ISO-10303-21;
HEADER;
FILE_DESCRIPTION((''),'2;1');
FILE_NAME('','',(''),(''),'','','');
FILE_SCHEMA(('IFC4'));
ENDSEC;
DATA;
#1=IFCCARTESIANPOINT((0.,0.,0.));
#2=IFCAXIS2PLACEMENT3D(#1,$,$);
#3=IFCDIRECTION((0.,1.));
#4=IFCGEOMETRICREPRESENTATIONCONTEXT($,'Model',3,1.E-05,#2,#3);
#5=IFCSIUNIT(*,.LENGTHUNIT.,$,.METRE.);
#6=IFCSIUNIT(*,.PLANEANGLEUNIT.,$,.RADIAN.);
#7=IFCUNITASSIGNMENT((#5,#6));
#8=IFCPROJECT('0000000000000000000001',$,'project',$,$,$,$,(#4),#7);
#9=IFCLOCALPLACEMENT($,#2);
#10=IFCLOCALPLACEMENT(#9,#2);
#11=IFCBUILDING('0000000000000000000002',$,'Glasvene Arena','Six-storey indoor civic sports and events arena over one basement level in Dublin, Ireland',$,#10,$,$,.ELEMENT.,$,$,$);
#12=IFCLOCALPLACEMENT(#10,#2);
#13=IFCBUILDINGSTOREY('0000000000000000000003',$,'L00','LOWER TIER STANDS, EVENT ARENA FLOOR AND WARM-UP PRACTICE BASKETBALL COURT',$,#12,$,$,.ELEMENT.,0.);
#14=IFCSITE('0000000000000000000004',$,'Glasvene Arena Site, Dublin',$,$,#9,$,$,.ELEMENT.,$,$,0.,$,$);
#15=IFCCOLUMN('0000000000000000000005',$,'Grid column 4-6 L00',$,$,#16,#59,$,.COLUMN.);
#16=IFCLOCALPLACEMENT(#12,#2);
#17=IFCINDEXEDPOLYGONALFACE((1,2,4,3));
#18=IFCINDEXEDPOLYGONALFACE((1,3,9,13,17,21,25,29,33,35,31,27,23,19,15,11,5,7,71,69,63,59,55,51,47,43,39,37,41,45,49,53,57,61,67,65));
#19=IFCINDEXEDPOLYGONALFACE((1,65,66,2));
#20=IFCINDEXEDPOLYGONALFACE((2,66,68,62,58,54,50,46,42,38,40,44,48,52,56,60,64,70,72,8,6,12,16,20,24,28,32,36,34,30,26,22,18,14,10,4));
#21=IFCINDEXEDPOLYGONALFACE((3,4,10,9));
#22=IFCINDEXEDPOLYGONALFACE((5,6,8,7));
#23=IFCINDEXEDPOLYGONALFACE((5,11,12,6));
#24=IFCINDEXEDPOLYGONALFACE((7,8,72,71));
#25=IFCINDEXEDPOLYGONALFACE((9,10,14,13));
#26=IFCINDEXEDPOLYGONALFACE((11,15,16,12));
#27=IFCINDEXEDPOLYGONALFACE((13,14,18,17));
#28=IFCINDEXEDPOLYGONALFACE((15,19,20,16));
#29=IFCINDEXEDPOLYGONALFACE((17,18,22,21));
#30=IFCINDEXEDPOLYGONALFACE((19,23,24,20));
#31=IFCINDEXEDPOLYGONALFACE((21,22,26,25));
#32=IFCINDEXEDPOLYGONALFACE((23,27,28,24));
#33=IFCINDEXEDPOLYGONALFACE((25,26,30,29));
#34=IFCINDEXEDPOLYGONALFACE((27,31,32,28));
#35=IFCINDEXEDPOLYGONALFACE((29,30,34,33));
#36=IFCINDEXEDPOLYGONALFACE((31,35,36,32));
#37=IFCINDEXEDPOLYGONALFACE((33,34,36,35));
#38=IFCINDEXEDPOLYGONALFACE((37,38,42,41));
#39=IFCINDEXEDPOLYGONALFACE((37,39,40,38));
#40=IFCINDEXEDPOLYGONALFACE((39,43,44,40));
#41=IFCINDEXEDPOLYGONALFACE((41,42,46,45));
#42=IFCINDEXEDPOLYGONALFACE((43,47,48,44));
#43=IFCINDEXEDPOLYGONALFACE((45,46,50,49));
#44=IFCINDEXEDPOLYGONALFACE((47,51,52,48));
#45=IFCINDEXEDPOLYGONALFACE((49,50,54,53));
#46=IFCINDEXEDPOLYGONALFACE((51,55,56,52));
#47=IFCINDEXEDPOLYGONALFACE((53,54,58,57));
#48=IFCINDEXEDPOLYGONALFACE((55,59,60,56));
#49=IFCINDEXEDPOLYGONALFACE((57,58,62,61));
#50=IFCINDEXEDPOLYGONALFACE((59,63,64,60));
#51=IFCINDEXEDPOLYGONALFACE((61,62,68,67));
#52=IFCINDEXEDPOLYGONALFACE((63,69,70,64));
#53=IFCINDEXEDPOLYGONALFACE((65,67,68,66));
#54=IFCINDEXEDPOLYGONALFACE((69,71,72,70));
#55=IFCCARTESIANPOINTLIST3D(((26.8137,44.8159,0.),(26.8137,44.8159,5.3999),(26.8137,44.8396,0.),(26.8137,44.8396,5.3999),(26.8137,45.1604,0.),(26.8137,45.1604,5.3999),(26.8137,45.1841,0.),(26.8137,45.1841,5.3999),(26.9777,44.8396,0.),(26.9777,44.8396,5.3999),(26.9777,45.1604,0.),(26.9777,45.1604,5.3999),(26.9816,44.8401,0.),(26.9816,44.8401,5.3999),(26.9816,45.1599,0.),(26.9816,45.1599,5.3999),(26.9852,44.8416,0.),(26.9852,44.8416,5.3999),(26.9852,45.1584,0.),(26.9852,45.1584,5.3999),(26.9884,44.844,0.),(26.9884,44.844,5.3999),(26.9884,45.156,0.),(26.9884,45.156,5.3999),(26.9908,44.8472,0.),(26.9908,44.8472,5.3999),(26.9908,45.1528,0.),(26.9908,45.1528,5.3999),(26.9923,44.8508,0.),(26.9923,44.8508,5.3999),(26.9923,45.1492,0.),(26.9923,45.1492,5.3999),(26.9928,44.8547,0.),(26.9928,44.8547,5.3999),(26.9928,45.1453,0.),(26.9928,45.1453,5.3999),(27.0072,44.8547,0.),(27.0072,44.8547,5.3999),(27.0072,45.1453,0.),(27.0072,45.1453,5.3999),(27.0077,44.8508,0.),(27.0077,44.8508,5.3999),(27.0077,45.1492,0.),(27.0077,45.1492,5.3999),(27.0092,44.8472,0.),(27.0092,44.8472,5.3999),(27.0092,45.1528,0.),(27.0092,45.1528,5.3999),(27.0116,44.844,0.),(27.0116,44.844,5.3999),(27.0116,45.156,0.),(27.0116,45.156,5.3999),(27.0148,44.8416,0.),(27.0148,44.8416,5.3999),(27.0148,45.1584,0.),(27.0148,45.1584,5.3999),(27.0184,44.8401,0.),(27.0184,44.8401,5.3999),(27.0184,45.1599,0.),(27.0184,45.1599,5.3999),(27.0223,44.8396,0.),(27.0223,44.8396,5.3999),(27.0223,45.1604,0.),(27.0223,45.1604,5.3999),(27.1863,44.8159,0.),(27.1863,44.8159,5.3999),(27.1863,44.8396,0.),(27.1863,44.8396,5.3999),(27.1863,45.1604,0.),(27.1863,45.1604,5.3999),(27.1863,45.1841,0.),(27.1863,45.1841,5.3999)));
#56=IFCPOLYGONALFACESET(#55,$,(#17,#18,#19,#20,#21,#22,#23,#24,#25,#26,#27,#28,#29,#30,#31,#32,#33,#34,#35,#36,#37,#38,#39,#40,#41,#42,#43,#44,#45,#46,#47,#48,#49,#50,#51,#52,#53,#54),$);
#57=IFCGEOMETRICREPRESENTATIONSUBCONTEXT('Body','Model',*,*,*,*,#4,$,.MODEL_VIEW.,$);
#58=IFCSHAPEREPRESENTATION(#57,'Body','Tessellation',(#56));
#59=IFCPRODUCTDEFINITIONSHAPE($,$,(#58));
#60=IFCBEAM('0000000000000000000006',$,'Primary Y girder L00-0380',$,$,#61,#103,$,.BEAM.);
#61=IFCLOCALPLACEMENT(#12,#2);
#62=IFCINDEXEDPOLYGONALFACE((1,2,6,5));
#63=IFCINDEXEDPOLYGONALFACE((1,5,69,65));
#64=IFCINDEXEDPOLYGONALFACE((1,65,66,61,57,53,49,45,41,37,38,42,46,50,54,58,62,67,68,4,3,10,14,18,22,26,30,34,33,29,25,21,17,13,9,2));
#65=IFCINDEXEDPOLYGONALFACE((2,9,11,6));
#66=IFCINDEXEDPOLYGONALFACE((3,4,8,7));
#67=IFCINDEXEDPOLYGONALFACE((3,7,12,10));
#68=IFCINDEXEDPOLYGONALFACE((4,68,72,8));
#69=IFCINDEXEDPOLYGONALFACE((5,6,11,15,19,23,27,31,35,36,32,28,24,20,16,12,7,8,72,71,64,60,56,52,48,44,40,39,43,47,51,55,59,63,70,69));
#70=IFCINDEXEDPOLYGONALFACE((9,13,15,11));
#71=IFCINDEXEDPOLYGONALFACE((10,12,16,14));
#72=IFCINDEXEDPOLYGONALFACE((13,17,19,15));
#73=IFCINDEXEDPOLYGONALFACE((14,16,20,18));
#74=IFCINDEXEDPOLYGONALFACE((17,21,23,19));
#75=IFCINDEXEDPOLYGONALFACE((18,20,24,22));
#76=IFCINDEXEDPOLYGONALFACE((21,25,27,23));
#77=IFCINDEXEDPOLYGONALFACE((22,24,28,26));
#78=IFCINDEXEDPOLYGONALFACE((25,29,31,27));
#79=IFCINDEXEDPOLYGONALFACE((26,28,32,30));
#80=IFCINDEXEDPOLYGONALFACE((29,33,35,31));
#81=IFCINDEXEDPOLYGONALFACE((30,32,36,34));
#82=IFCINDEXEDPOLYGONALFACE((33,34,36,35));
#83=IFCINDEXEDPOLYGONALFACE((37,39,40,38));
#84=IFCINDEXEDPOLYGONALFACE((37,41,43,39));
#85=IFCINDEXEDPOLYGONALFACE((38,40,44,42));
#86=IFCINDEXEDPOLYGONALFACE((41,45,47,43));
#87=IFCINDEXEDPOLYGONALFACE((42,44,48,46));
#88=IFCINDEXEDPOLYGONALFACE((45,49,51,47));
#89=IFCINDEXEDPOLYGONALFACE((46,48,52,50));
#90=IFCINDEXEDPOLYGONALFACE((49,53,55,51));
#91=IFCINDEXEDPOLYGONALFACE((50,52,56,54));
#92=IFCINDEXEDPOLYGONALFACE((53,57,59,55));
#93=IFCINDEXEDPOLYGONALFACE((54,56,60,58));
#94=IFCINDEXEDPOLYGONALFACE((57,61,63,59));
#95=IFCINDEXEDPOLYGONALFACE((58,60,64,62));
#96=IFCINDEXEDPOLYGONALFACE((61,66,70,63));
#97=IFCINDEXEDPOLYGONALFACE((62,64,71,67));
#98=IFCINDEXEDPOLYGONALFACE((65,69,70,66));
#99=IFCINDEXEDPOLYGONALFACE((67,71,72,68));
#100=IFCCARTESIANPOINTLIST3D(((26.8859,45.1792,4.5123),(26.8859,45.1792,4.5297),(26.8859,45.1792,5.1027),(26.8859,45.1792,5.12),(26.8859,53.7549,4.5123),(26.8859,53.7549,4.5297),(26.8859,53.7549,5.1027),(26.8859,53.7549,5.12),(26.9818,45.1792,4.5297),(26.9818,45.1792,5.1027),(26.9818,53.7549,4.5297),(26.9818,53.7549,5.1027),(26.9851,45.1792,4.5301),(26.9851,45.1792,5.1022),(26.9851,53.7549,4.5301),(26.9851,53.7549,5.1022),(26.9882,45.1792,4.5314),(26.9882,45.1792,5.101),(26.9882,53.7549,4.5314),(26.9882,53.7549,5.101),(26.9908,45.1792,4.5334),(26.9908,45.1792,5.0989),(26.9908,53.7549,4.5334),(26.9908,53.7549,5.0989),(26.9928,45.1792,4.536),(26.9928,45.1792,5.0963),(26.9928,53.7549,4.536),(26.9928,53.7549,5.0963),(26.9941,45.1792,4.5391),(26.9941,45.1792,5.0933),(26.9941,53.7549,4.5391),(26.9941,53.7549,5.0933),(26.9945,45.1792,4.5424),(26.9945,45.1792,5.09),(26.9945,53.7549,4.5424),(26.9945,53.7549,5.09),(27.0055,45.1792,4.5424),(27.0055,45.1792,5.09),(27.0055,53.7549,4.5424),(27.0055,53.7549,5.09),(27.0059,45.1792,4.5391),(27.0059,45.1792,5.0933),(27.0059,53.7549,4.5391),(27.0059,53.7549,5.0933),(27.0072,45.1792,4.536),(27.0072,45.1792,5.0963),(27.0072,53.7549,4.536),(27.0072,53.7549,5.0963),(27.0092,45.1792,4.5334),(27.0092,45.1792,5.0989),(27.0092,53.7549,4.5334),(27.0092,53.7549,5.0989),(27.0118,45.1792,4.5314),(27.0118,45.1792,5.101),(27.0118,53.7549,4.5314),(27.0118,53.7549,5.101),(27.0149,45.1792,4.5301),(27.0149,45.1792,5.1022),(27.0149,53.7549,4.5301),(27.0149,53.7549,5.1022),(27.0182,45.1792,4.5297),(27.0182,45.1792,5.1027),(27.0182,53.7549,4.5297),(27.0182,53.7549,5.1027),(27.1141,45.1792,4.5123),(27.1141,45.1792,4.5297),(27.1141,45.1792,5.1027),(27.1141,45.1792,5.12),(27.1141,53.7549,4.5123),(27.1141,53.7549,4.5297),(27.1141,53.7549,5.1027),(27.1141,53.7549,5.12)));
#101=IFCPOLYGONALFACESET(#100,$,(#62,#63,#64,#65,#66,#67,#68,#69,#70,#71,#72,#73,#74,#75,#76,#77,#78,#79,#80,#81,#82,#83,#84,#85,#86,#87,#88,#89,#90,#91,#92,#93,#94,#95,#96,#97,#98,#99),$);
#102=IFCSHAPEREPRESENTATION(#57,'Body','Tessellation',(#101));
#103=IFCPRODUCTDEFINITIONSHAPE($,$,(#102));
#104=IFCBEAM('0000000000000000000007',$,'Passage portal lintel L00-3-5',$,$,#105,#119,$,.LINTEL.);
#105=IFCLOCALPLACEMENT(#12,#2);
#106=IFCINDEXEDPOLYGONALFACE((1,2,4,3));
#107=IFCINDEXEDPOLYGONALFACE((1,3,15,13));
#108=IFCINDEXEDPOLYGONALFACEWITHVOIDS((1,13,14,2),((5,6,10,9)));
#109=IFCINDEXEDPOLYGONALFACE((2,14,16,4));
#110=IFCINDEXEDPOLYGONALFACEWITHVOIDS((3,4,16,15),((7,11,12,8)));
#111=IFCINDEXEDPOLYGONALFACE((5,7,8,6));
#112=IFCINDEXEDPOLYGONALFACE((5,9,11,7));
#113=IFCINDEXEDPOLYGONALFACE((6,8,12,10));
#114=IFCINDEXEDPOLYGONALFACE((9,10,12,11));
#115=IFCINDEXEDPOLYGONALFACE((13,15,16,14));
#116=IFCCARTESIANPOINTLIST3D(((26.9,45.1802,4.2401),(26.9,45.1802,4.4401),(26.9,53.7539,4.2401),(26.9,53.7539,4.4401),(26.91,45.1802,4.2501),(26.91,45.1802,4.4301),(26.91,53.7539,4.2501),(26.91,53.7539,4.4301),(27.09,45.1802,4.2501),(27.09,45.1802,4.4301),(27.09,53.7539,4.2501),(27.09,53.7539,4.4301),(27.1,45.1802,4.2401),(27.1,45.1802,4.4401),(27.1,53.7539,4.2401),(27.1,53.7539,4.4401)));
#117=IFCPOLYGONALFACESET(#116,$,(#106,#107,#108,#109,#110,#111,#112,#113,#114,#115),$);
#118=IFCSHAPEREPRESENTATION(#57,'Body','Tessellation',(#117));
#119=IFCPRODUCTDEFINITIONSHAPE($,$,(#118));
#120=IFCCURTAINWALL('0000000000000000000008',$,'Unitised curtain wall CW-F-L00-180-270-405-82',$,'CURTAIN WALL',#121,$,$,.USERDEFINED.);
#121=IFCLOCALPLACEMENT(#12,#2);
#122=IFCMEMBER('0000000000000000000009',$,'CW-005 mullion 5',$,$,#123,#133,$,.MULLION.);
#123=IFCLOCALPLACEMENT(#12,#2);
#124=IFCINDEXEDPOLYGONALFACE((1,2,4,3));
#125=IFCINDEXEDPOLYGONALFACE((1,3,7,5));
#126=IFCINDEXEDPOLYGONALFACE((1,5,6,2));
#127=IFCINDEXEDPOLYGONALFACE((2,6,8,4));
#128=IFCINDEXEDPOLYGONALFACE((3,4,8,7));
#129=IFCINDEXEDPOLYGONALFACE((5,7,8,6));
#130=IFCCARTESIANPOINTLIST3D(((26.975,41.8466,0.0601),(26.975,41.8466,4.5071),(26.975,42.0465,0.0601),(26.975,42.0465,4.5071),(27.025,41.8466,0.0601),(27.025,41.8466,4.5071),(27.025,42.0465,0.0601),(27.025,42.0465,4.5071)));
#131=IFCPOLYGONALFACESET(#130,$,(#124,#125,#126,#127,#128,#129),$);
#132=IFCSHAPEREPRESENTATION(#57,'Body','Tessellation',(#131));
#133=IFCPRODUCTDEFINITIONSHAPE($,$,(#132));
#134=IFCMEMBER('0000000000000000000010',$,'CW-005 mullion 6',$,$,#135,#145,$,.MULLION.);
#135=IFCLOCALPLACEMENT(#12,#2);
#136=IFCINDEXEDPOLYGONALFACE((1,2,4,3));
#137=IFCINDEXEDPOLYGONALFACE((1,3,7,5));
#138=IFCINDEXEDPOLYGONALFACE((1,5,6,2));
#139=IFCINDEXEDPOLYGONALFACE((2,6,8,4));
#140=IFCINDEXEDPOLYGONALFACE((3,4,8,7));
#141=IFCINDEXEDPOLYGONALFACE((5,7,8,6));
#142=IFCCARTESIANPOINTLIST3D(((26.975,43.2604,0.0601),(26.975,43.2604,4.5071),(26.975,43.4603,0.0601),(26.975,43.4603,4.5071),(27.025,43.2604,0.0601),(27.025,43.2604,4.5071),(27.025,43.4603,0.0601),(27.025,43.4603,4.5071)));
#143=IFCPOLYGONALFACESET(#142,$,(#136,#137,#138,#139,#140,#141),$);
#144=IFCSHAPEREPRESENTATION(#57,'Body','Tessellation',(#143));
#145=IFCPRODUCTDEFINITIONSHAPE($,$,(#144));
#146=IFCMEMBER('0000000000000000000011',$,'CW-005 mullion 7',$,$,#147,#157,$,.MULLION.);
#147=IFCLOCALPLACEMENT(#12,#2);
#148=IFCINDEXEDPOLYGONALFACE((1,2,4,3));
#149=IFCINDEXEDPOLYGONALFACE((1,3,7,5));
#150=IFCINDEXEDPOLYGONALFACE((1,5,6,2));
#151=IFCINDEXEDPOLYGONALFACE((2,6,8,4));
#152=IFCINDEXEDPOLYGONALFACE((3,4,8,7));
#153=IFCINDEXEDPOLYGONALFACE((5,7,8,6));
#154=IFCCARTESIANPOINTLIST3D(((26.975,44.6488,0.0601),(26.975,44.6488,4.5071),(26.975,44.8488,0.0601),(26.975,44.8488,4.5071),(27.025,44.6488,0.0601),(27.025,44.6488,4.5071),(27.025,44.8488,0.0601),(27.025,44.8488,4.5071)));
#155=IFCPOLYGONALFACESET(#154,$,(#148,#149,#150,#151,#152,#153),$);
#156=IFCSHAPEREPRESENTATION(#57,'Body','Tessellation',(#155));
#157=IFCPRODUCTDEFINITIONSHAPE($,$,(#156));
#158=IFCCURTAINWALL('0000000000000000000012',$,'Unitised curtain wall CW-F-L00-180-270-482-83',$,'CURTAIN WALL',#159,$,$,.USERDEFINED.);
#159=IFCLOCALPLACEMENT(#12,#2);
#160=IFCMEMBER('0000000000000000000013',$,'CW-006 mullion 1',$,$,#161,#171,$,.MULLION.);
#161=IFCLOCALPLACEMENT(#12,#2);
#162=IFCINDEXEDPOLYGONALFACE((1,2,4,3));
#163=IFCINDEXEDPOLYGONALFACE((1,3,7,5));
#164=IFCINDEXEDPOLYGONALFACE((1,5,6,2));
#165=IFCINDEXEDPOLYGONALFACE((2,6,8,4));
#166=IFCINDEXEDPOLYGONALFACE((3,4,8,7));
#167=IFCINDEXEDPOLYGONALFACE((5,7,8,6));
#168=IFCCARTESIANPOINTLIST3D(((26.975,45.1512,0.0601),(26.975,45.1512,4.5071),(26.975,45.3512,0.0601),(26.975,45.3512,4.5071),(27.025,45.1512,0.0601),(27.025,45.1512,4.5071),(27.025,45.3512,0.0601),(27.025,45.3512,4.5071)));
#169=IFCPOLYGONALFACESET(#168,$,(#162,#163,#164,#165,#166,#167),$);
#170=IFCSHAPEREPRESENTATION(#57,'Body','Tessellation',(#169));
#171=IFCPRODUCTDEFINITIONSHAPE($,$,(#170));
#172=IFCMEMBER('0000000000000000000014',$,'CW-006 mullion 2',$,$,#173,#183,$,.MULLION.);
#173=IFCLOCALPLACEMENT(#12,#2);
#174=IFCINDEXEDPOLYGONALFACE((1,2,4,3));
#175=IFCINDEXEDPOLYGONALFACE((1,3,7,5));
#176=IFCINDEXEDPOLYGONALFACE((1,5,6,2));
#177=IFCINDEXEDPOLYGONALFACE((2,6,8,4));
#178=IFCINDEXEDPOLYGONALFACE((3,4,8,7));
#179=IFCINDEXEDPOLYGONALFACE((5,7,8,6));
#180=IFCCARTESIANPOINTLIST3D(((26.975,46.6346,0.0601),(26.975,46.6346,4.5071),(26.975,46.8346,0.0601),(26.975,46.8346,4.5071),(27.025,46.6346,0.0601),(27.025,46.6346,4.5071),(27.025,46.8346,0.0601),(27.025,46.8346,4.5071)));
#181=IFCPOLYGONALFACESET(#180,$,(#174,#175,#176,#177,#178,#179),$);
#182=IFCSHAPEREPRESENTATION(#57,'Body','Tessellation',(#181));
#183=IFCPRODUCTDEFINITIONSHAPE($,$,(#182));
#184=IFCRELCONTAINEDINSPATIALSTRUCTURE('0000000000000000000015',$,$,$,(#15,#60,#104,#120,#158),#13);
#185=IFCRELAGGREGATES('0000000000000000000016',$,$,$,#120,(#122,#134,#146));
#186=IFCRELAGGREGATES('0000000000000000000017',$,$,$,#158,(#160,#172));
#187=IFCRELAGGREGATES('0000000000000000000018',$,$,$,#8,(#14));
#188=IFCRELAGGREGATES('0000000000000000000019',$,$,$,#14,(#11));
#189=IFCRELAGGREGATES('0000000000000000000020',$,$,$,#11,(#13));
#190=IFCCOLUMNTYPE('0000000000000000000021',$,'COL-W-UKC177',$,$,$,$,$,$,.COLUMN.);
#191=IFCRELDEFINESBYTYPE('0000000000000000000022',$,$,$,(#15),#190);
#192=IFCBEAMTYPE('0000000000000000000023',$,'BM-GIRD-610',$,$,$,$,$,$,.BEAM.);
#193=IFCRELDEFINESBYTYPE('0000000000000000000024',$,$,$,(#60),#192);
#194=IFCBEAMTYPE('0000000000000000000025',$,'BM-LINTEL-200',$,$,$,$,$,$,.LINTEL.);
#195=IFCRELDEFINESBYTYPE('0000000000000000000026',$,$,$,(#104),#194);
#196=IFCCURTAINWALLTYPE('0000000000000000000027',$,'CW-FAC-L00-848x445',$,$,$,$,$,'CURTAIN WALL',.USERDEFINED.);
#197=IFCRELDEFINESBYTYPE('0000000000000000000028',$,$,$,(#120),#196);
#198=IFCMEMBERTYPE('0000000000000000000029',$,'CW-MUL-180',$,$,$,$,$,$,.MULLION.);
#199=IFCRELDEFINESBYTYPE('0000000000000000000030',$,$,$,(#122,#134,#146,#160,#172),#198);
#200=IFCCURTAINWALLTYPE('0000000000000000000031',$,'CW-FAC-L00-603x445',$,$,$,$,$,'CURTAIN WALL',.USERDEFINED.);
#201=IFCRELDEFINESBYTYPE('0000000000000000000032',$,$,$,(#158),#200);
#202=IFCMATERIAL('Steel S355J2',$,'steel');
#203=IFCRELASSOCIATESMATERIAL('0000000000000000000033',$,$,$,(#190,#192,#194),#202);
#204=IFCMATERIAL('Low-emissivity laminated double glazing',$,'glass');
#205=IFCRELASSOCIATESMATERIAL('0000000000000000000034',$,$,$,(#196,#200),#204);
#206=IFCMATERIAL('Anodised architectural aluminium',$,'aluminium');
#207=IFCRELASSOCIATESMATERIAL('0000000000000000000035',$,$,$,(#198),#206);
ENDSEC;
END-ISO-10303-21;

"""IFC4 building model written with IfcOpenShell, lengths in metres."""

from ifc_helpers import new_model, si_unit, direction, frame, origin, origin_2d, place, context, subcontext, project, spatial, rectangle, hollow_rectangle, i_section, extrude, material, material_profile, profile_set, type_object, element, aggregate, save


model = new_model("IFC4")

# Units and contexts
model_context = context("Model", 3, precision=1e-05, world=origin(), true_north=direction((0.0, 1.0)))
body_context = subcontext(model_context, "Body", "Model", "MODEL_VIEW")
ifc_project = project(units=[si_unit("LENGTHUNIT", "METRE"), si_unit("PLANEANGLEUNIT", "RADIAN")], contexts=[model_context])

# Site, building, storey
site_placement = place(None, origin())
site = spatial("IfcSite", under=ifc_project, at=site_placement, Name="Glasvene Arena Site, Dublin", CompositionType="ELEMENT", RefElevation=0.0)
building_placement = place(site_placement, origin())
building = spatial("IfcBuilding", under=site, at=building_placement, Name="Glasvene Arena", Description="Six-storey indoor civic sports and events arena over one basement level in Dublin, Ireland", CompositionType="ELEMENT")
storey_placement = place(building_placement, origin())
storey = spatial("IfcBuildingStorey", under=building, at=storey_placement, Name="L00", Description="LOWER TIER STANDS, EVENT ARENA FLOOR AND WARM-UP PRACTICE BASKETBALL COURT", CompositionType="ELEMENT", Elevation=0.0)

# Column
ifc_material_1 = material(Name="Steel S355J2", Category="steel")
ifc_material_profile_1 = material_profile(ifc_material_1, i_section(OverallWidth=0.3726, OverallDepth=0.3682, WebThickness=0.0144, FlangeThickness=0.0237, FilletRadius=0.0151, at=origin_2d()), Name="UKC 356x368x177")
ifc_profile_set_1 = profile_set([ifc_material_profile_1], Name="Steel S355J2")
column_type = type_object("IfcColumnType", Name="COL-W-UKC177", PredefinedType="COLUMN", material=ifc_profile_set_1)
column_placement = place(storey_placement, frame((27.0, 45.0, 0.0), z_axis=(0.0, 0.0, 1.0), x_axis=(1.0, 0.0, 0.0)))
element("IfcColumn", 1, at=column_placement, inside=storey, type_object=column_type, Name="Grid column 4-6 L00", PredefinedType="COLUMN", context=body_context, shape_type="SweptSolid", body=[
    extrude(i_section(OverallWidth=0.3726, OverallDepth=0.3682, WebThickness=0.0144, FlangeThickness=0.0237, FilletRadius=0.0151, at=origin_2d()), origin(), (0.0, 0.0, 1.0), 5.3999),
])

# Beams
ifc_material_profile_2 = material_profile(ifc_material_1, i_section(OverallWidth=0.2283, OverallDepth=0.6077, WebThickness=0.011, FlangeThickness=0.0173, FilletRadius=0.0127, at=origin_2d()), Name="UKB 610x229x113")
ifc_profile_set_2 = profile_set([ifc_material_profile_2], Name="Steel S355J2")
beam_type_1 = type_object("IfcBeamType", Name="BM-GIRD-610", PredefinedType="BEAM", material=ifc_profile_set_2)
beam_1_placement = place(storey_placement, frame((27.0, 45.1792, 4.8162), z_axis=(0.0, 1.0, 0.0), x_axis=(-1.0, 0.0, 0.0)))
element("IfcBeam", 2, at=beam_1_placement, inside=storey, type_object=beam_type_1, Name="Primary Y girder L00-0380", PredefinedType="BEAM", context=body_context, shape_type="SweptSolid", body=[
    extrude(i_section(OverallWidth=0.2283, OverallDepth=0.6077, WebThickness=0.011, FlangeThickness=0.0173, FilletRadius=0.0127, at=origin_2d()), origin(), (0.0, 0.0, 1.0), 8.5757),
])
ifc_material_profile_3 = material_profile(ifc_material_1, hollow_rectangle(XDim=0.2, YDim=0.2, WallThickness=0.01, at=origin_2d()), Name="SHS 200x200x10.0")
ifc_profile_set_3 = profile_set([ifc_material_profile_3], Name="Steel S355J2")
beam_type_2 = type_object("IfcBeamType", Name="BM-LINTEL-200", PredefinedType="LINTEL", material=ifc_profile_set_3)
beam_2_placement = place(storey_placement, frame((27.0, 45.1802, 4.3401), z_axis=(0.0, 1.0, 0.0), x_axis=(-1.0, 0.0, 0.0)))
element("IfcBeam", 3, at=beam_2_placement, inside=storey, type_object=beam_type_2, Name="Passage portal lintel L00-3-5", PredefinedType="LINTEL", context=body_context, shape_type="SweptSolid", body=[
    extrude(hollow_rectangle(XDim=0.2, YDim=0.2, WallThickness=0.01, at=origin_2d()), origin(), (0.0, 0.0, 1.0), 8.5737),
])

# Curtain walls, members
ifc_material_2 = material(Name="Low-emissivity laminated double glazing", Category="glass")
curtain_wall_type_1 = type_object("IfcCurtainWallType", Name="CW-FAC-L00-848x445", ElementType="CURTAIN WALL", PredefinedType="USERDEFINED", material=ifc_material_2)
curtain_wall_1_placement = place(storey_placement, frame((27.0, 36.292, 0.0)))
curtain_wall_1 = element("IfcCurtainWall", 4, at=curtain_wall_1_placement, inside=storey, type_object=curtain_wall_type_1, Name="Unitised curtain wall CW-F-L00-180-270-405-82", ObjectType="CURTAIN WALL", PredefinedType="USERDEFINED")
ifc_material_3 = material(Name="Anodised architectural aluminium", Category="aluminium")
ifc_material_profile_4 = material_profile(ifc_material_3, rectangle(XDim=0.05, YDim=0.2, at=origin_2d()), Name="ALU MULLION 50x200")
ifc_profile_set_4 = profile_set([ifc_material_profile_4], Name="Anodised architectural aluminium")
member_type_1 = type_object("IfcMemberType", Name="CW-MUL-180", PredefinedType="MULLION", material=ifc_profile_set_4)
member_1_placement = place(storey_placement, frame((27.0, 41.9465, 0.0601), z_axis=(0.0, 0.0, 1.0), x_axis=(-1.0, 0.0, 0.0)))
member_1 = element("IfcMember", 5, at=member_1_placement, type_object=member_type_1, Name="CW-005 mullion 5", PredefinedType="MULLION", context=body_context, shape_type="SweptSolid", body=[
    extrude(rectangle(XDim=0.05, YDim=0.2, at=origin_2d()), origin(), (0.0, 0.0, 1.0), 4.447),
])
member_2_placement = place(storey_placement, frame((27.0, 43.3604, 0.0601), z_axis=(0.0, 0.0, 1.0), x_axis=(-1.0, 0.0, 0.0)))
member_2 = element("IfcMember", 6, at=member_2_placement, type_object=member_type_1, Name="CW-005 mullion 6", PredefinedType="MULLION", context=body_context, shape_type="SweptSolid", body=[
    extrude(rectangle(XDim=0.05, YDim=0.2, at=origin_2d()), origin(), (0.0, 0.0, 1.0), 4.447),
])
member_3_placement = place(storey_placement, frame((27.0, 44.7488, 0.0601), z_axis=(0.0, 0.0, 1.0), x_axis=(-1.0, 0.0, 0.0)))
member_3 = element("IfcMember", 7, at=member_3_placement, type_object=member_type_1, Name="CW-005 mullion 7", PredefinedType="MULLION", context=body_context, shape_type="SweptSolid", body=[
    extrude(rectangle(XDim=0.05, YDim=0.2, at=origin_2d()), origin(), (0.0, 0.0, 1.0), 4.447),
])
curtain_wall_type_2 = type_object("IfcCurtainWallType", Name="CW-FAC-L00-603x445", ElementType="CURTAIN WALL", PredefinedType="USERDEFINED", material=ifc_material_2)
curtain_wall_2_placement = place(storey_placement, frame((27.0, 45.2261, 0.0)))
curtain_wall_2 = element("IfcCurtainWall", 8, at=curtain_wall_2_placement, inside=storey, type_object=curtain_wall_type_2, Name="Unitised curtain wall CW-F-L00-180-270-482-83", ObjectType="CURTAIN WALL", PredefinedType="USERDEFINED")
member_4_placement = place(storey_placement, frame((27.0, 45.2512, 0.0601), z_axis=(0.0, 0.0, 1.0), x_axis=(-1.0, 0.0, 0.0)))
member_4 = element("IfcMember", 9, at=member_4_placement, type_object=member_type_1, Name="CW-006 mullion 1", PredefinedType="MULLION", context=body_context, shape_type="SweptSolid", body=[
    extrude(rectangle(XDim=0.05, YDim=0.2, at=origin_2d()), origin(), (0.0, 0.0, 1.0), 4.447),
])
member_5_placement = place(storey_placement, frame((27.0, 46.7346, 0.0601), z_axis=(0.0, 0.0, 1.0), x_axis=(-1.0, 0.0, 0.0)))
member_5 = element("IfcMember", 10, at=member_5_placement, type_object=member_type_1, Name="CW-006 mullion 2", PredefinedType="MULLION", context=body_context, shape_type="SweptSolid", body=[
    extrude(rectangle(XDim=0.05, YDim=0.2, at=origin_2d()), origin(), (0.0, 0.0, 1.0), 4.447),
])

aggregate(curtain_wall_1, [member_1, member_2, member_3])
aggregate(curtain_wall_2, [member_4, member_5])

save(model, "model.ifc")
